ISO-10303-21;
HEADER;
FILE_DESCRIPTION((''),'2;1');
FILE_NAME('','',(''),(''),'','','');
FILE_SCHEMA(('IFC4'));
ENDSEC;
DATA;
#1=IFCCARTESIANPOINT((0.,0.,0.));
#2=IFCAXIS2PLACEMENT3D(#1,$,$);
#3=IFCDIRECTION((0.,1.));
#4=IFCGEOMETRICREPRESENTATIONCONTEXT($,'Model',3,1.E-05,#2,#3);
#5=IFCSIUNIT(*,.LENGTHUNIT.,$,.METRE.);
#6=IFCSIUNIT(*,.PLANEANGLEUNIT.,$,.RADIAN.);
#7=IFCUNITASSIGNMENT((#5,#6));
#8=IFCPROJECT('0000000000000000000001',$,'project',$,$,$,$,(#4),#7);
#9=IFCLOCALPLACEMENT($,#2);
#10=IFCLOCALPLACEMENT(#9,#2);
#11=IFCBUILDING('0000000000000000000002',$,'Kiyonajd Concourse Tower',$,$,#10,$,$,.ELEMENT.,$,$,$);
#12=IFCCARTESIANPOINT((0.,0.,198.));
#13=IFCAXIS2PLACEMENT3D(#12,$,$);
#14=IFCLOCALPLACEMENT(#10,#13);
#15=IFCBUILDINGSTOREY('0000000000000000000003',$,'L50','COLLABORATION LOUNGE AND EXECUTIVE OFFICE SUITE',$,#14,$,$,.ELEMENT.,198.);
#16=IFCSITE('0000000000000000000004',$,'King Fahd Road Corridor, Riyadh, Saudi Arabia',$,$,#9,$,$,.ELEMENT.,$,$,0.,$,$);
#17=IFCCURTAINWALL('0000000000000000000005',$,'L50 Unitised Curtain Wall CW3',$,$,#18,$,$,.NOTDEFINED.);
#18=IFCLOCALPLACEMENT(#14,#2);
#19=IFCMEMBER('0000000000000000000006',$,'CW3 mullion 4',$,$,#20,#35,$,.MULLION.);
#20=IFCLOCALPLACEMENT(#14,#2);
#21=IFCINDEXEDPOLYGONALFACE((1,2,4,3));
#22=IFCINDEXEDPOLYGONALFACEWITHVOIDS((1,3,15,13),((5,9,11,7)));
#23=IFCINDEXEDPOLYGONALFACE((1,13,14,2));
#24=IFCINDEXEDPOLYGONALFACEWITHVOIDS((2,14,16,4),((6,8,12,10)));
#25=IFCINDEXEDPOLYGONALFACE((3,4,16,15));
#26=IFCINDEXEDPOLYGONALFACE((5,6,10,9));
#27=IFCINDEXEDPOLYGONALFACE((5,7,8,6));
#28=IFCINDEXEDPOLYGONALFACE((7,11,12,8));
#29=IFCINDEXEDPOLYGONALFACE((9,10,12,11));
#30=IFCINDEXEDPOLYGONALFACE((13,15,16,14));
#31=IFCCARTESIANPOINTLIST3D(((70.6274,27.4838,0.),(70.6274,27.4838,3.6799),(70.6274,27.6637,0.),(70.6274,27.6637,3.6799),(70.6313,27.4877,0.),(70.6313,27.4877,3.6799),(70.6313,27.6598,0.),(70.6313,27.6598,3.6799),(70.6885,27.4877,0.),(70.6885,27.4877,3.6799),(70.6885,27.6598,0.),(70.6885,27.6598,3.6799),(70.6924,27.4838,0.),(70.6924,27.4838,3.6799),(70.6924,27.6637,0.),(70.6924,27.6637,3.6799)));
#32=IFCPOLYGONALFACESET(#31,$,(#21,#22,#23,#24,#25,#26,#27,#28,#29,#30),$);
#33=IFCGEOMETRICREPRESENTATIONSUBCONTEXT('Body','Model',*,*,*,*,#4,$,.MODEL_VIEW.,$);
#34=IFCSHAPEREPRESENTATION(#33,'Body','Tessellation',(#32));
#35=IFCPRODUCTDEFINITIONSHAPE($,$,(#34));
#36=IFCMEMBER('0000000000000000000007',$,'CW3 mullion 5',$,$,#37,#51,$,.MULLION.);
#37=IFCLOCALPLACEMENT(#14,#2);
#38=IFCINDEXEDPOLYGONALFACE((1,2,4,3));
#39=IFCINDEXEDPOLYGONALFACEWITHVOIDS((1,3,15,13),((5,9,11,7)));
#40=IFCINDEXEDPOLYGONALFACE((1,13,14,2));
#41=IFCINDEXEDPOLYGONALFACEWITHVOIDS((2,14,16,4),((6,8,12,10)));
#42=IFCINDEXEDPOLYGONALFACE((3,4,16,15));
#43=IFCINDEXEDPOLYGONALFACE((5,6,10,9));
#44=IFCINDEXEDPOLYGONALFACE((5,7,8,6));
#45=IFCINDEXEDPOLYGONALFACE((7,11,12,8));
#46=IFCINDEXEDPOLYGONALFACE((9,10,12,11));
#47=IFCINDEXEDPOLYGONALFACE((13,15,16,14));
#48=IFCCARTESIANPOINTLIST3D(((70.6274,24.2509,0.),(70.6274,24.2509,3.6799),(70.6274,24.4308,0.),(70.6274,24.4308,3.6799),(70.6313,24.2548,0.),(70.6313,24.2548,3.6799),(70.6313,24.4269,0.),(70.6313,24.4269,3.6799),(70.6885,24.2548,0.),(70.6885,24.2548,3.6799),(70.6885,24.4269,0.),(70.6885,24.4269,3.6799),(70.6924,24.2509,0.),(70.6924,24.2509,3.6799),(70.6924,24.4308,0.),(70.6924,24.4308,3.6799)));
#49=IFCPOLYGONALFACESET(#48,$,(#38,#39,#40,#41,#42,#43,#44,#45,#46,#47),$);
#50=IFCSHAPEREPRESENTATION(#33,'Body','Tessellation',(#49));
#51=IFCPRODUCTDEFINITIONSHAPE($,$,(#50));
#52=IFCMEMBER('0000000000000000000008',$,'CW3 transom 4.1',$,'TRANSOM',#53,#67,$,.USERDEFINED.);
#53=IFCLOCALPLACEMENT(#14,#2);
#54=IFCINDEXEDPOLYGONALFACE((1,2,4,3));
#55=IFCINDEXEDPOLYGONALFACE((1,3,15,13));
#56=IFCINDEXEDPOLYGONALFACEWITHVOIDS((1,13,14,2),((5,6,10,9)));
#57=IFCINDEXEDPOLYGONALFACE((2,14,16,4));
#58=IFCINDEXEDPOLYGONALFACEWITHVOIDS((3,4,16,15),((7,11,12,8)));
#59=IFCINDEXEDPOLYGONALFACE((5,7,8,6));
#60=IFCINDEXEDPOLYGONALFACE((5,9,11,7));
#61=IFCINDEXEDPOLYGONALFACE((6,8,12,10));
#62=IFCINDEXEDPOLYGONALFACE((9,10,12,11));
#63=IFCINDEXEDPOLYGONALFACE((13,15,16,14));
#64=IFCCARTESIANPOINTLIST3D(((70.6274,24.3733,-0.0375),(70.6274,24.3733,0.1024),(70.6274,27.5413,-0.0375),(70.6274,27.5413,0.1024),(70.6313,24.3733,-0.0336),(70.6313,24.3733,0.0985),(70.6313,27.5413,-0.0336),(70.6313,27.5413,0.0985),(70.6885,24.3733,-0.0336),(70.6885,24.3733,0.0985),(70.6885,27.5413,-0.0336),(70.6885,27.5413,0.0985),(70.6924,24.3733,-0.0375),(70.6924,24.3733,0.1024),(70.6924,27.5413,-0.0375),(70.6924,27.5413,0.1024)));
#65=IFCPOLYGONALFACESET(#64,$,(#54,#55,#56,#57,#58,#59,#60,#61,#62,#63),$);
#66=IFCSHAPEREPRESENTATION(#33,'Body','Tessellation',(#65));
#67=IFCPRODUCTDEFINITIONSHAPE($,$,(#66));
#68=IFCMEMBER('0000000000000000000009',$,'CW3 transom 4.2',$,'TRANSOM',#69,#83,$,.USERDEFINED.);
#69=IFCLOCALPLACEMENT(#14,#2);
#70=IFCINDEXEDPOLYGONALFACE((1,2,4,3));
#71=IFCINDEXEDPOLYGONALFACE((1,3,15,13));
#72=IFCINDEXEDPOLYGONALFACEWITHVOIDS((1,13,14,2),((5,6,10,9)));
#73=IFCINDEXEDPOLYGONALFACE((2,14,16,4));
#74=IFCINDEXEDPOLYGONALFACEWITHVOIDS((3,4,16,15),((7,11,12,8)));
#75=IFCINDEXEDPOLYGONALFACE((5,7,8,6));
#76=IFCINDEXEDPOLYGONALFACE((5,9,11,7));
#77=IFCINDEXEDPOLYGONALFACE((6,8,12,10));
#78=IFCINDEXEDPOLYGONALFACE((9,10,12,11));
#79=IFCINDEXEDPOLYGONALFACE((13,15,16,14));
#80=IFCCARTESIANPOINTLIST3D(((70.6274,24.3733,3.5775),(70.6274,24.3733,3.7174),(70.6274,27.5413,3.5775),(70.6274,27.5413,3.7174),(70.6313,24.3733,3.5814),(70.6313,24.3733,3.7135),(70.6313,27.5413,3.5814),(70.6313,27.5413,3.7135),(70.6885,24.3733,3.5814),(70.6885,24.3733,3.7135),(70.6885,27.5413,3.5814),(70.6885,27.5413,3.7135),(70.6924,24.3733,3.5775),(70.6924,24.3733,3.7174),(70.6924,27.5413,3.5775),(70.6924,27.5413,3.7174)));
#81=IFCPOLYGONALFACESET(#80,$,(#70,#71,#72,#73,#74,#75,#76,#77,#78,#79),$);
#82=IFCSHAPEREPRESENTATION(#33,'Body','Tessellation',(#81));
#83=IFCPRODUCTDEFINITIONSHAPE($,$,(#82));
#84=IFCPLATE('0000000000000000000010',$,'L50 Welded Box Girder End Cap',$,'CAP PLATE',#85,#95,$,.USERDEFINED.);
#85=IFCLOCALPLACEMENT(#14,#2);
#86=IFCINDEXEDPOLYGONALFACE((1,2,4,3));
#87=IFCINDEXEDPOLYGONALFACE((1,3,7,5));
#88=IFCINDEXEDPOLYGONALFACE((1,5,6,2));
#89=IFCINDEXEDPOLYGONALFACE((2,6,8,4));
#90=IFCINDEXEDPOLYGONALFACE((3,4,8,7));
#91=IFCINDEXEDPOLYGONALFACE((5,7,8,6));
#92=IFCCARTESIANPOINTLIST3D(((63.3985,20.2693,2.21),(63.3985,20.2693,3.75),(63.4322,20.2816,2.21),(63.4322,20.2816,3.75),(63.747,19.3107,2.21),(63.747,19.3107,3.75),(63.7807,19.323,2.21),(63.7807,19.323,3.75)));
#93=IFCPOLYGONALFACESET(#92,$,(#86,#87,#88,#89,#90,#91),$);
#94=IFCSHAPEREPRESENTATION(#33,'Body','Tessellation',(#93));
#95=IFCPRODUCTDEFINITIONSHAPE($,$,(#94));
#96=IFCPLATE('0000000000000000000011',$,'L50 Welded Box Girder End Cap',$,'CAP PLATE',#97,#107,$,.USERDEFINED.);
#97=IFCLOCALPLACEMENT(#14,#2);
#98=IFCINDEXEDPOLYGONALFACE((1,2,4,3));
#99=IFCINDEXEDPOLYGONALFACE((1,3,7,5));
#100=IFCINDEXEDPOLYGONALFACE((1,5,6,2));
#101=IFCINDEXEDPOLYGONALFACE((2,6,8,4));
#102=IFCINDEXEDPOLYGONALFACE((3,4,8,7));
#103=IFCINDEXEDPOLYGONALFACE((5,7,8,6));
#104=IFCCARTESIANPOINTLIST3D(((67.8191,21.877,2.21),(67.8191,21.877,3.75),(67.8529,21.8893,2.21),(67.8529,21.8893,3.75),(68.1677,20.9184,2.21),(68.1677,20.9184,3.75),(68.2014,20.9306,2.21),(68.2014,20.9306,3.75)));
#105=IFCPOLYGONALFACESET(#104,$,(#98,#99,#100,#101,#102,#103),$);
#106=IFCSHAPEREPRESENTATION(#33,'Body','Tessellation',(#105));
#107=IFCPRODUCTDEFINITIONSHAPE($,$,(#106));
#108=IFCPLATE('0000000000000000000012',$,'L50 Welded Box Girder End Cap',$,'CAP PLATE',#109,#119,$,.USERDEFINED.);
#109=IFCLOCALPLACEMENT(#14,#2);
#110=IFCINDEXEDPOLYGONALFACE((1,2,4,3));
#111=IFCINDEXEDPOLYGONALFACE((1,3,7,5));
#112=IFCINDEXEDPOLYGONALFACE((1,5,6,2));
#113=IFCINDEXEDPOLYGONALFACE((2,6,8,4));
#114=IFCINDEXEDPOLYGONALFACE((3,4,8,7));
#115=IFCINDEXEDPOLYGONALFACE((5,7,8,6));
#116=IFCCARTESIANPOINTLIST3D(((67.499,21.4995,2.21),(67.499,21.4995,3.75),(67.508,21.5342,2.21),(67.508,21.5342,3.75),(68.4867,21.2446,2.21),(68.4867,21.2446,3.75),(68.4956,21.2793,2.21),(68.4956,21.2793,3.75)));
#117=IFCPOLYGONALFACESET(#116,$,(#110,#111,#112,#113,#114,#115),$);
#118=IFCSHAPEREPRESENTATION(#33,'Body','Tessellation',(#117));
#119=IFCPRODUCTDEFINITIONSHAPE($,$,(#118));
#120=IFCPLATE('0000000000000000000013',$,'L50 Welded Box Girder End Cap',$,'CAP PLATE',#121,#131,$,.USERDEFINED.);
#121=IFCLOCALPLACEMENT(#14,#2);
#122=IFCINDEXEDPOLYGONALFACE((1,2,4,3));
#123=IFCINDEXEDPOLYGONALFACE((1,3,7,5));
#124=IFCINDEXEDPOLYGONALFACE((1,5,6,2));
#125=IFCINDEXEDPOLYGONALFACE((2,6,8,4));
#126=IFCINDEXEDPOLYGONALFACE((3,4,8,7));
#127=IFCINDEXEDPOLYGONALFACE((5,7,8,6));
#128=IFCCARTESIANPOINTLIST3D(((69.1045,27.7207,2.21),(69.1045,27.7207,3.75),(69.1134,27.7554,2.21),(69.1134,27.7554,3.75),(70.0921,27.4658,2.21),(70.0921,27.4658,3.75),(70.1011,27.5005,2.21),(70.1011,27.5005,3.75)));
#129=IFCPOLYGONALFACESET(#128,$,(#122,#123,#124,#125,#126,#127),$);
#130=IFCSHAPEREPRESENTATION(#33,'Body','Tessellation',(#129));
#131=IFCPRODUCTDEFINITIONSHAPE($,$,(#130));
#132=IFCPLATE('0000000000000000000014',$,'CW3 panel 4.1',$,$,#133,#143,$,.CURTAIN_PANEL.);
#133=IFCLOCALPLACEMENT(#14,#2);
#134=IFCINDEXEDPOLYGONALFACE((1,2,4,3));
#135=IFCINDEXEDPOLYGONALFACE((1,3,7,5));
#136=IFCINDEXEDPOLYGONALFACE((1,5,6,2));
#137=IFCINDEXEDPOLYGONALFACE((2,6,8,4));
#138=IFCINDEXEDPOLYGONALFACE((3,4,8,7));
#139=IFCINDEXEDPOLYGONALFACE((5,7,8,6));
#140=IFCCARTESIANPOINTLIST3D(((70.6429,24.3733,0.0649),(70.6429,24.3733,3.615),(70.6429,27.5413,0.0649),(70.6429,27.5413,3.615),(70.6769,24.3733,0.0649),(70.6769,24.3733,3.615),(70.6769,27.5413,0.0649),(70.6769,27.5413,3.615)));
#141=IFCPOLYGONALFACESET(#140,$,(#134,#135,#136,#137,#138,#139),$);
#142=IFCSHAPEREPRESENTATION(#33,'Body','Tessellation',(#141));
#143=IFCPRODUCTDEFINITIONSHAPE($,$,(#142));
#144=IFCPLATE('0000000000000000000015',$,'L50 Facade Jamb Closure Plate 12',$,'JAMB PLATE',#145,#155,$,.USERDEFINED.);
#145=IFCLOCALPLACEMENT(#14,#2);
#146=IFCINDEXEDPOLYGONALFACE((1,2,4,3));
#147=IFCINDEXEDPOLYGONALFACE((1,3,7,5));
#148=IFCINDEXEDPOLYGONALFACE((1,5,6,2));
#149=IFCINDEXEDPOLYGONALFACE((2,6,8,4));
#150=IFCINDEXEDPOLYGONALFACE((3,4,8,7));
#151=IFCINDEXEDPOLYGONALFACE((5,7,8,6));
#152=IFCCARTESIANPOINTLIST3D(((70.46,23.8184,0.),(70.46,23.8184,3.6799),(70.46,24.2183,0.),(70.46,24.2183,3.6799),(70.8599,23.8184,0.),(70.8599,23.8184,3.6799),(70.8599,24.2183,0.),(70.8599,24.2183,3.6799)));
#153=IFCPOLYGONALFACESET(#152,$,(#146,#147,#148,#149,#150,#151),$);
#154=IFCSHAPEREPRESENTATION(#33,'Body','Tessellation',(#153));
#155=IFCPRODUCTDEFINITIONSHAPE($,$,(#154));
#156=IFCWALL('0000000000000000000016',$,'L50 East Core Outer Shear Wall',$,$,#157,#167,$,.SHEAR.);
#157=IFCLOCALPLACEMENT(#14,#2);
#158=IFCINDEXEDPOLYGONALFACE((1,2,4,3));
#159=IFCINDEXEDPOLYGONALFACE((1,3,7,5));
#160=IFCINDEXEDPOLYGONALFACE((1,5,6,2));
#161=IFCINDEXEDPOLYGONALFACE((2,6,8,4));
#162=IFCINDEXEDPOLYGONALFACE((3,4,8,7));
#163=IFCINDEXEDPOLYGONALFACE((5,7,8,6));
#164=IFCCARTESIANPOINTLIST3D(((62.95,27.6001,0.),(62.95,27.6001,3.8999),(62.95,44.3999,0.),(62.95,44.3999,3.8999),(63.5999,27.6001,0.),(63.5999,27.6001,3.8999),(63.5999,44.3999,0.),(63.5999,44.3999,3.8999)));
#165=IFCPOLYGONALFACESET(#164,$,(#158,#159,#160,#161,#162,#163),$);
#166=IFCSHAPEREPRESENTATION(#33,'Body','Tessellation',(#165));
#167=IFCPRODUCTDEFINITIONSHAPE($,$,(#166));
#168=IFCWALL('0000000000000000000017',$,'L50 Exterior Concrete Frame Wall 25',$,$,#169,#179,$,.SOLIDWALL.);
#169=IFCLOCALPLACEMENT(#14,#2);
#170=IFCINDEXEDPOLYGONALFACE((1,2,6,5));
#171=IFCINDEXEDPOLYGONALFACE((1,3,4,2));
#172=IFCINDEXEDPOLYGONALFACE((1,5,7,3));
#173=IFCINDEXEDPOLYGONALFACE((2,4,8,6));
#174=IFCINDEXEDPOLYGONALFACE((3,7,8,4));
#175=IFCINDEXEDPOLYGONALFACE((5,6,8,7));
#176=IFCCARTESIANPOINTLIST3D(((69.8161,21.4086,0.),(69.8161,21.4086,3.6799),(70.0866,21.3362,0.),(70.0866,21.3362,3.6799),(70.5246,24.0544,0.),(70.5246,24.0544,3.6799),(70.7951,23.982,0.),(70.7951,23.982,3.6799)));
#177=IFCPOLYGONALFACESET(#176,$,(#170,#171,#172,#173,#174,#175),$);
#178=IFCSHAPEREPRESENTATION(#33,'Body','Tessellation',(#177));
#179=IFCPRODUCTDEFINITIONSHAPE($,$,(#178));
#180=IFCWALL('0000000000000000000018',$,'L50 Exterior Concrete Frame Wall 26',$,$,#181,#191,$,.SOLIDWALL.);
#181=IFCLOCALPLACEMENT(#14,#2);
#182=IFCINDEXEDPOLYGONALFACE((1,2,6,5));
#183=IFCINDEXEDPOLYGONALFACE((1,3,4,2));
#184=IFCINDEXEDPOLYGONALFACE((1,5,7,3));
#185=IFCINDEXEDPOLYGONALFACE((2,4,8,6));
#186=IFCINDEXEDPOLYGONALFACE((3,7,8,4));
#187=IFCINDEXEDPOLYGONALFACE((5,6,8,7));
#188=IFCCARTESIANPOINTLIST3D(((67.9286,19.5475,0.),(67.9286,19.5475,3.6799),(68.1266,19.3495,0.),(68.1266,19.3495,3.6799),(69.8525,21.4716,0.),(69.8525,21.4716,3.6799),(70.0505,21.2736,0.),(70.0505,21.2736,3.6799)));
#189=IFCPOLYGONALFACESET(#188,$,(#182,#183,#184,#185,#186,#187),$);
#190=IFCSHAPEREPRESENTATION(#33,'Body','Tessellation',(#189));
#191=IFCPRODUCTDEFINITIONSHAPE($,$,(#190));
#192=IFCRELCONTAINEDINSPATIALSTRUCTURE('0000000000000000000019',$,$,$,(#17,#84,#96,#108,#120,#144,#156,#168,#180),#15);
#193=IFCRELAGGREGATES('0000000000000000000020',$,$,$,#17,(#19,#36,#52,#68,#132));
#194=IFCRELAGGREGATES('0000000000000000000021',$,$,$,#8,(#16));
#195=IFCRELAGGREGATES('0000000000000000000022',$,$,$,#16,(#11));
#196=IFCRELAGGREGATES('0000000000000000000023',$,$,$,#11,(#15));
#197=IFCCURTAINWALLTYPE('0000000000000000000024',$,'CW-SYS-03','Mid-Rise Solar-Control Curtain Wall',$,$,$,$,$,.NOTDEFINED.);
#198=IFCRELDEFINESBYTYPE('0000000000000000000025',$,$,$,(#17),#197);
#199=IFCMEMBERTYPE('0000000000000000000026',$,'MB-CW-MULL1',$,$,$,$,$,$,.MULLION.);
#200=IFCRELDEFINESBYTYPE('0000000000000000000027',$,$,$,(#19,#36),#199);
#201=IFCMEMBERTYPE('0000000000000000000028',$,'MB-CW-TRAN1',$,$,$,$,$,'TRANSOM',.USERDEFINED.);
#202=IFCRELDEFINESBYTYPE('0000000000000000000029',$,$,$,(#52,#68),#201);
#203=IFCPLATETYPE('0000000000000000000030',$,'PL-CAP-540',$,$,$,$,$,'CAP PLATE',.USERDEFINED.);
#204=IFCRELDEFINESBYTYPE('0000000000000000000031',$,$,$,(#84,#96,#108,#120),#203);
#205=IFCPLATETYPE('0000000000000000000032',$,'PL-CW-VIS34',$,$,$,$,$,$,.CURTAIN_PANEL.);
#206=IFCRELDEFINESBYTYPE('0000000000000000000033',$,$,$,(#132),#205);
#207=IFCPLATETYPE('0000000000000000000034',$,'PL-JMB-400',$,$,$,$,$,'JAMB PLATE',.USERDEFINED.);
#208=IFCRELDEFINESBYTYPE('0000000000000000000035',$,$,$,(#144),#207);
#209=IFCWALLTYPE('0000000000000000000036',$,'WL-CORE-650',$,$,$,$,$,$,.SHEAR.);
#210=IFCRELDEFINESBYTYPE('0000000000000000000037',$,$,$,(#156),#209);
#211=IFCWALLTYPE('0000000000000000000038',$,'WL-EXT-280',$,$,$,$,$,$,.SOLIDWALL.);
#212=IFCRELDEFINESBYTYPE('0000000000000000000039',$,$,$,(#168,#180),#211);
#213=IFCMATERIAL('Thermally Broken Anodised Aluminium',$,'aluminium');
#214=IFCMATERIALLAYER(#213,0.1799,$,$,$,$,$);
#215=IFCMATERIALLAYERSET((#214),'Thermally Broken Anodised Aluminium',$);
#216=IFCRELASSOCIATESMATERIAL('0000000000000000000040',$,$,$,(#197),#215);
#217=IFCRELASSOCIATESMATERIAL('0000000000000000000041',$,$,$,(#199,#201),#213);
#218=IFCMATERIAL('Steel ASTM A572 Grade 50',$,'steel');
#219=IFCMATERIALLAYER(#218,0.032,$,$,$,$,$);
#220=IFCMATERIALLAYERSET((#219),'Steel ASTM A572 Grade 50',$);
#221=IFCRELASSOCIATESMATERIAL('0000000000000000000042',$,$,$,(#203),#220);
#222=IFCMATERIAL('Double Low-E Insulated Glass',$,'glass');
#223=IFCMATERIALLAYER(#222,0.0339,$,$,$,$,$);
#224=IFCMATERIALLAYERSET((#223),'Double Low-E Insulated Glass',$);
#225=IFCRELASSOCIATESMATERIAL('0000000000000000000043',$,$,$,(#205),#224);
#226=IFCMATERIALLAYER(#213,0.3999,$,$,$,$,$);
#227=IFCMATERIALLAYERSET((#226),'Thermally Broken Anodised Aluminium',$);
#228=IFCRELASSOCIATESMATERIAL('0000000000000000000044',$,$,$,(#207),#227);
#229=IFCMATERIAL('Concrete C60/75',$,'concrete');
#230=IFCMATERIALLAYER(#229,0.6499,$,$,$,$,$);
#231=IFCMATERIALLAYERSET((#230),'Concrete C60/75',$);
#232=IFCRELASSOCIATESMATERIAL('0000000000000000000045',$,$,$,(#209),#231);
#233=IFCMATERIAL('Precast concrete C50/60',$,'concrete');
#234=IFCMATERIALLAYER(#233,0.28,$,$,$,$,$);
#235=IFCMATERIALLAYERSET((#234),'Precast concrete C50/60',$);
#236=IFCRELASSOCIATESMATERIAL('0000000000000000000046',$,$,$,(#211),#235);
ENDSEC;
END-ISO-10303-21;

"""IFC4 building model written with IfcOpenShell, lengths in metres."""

from ifc_helpers import new_model, si_unit, direction, frame, frame_2d, origin, origin_2d, place, context, subcontext, project, spatial, rectangle, hollow_rectangle, extrude, material, layer, layer_set, material_profile, profile_set, type_object, element, aggregate, save


model = new_model("IFC4")

# Units and contexts
model_context = context("Model", 3, precision=1e-05, world=origin(), true_north=direction((0.0, 1.0)))
body_context = subcontext(model_context, "Body", "Model", "MODEL_VIEW")
ifc_project = project(units=[si_unit("LENGTHUNIT", "METRE"), si_unit("PLANEANGLEUNIT", "RADIAN")], contexts=[model_context])

# Site, building, storey
site_placement = place(None, origin())
site = spatial("IfcSite", under=ifc_project, at=site_placement, Name="King Fahd Road Corridor, Riyadh, Saudi Arabia", CompositionType="ELEMENT", RefElevation=0.0)
building_placement = place(site_placement, origin())
building = spatial("IfcBuilding", under=site, at=building_placement, Name="Kiyonajd Concourse Tower", CompositionType="ELEMENT")
storey_placement = place(building_placement, frame((0.0, 0.0, 198.0)))
storey = spatial("IfcBuildingStorey", under=building, at=storey_placement, Name="L50", Description="COLLABORATION LOUNGE AND EXECUTIVE OFFICE SUITE", CompositionType="ELEMENT", Elevation=198.0)

# Shared definitions
ifc_material_1 = material(Name="Concrete C60/75", Category="concrete")

# Shared definitions
ifc_material_2 = material(Name="Steel ASTM A572 Grade 50", Category="steel")

# Curtain wall, members
ifc_material_3 = material(Name="Thermally Broken Anodised Aluminium", Category="aluminium")
ifc_layer_1 = layer(ifc_material_3, 0.1799)
ifc_layer_set_1 = layer_set([ifc_layer_1], Name="Thermally Broken Anodised Aluminium")
curtain_wall_type = type_object("IfcCurtainWallType", Name="CW-SYS-03", Description="Mid-Rise Solar-Control Curtain Wall", PredefinedType="NOTDEFINED", material=ifc_layer_set_1)
curtain_wall_placement = place(storey_placement, origin())
curtain_wall = element("IfcCurtainWall", 1, at=curtain_wall_placement, inside=storey, type_object=curtain_wall_type, Name="L50 Unitised Curtain Wall CW3", PredefinedType="NOTDEFINED")
ifc_material_profile_1 = material_profile(ifc_material_3, hollow_rectangle(XDim=0.0649, YDim=0.1799, WallThickness=0.0039, at=origin_2d()), Name="MULL-65x180")
ifc_profile_set_1 = profile_set([ifc_material_profile_1], Name="Thermally Broken Anodised Aluminium")
member_type_1 = type_object("IfcMemberType", Name="MB-CW-MULL1", PredefinedType="MULLION", material=ifc_profile_set_1)
member_1_placement = place(storey_placement, frame((70.6599, 27.5737, 0.0), z_axis=(0.0, 0.0, 1.0), x_axis=(1.0, 0.0, 0.0)))
member_1 = element("IfcMember", 2, at=member_1_placement, type_object=member_type_1, Name="CW3 mullion 4", PredefinedType="MULLION", context=body_context, shape_type="SweptSolid", body=[
    extrude(hollow_rectangle(XDim=0.0649, YDim=0.1799, WallThickness=0.0039, at=origin_2d()), origin(), (0.0, 0.0, 1.0), 3.6799),
])
member_2_placement = place(storey_placement, frame((70.6599, 24.3408, 0.0), z_axis=(0.0, 0.0, 1.0), x_axis=(1.0, 0.0, 0.0)))
member_2 = element("IfcMember", 3, at=member_2_placement, type_object=member_type_1, Name="CW3 mullion 5", PredefinedType="MULLION", context=body_context, shape_type="SweptSolid", body=[
    extrude(hollow_rectangle(XDim=0.0649, YDim=0.1799, WallThickness=0.0039, at=origin_2d()), origin(), (0.0, 0.0, 1.0), 3.6799),
])
ifc_material_profile_2 = material_profile(ifc_material_3, hollow_rectangle(XDim=0.0649, YDim=0.1399, WallThickness=0.0039, at=origin_2d()), Name="TRAN-65x140")
ifc_profile_set_2 = profile_set([ifc_material_profile_2], Name="Thermally Broken Anodised Aluminium")
member_type_2 = type_object("IfcMemberType", Name="MB-CW-TRAN1", ElementType="TRANSOM", PredefinedType="USERDEFINED", material=ifc_profile_set_2)
member_3_placement = place(storey_placement, frame((70.6599, 27.5413, 0.0325), z_axis=(0.0, -1.0, 0.0), x_axis=(1.0, 0.0, 0.0)))
member_3 = element("IfcMember", 4, at=member_3_placement, type_object=member_type_2, Name="CW3 transom 4.1", ObjectType="TRANSOM", PredefinedType="USERDEFINED", context=body_context, shape_type="SweptSolid", body=[
    extrude(hollow_rectangle(XDim=0.0649, YDim=0.1399, WallThickness=0.0039, at=origin_2d()), origin(), (0.0, 0.0, 1.0), 3.168),
])
member_4_placement = place(storey_placement, frame((70.6599, 27.5413, 3.6475), z_axis=(0.0, -1.0, 0.0), x_axis=(1.0, 0.0, 0.0)))
member_4 = element("IfcMember", 5, at=member_4_placement, type_object=member_type_2, Name="CW3 transom 4.2", ObjectType="TRANSOM", PredefinedType="USERDEFINED", context=body_context, shape_type="SweptSolid", body=[
    extrude(hollow_rectangle(XDim=0.0649, YDim=0.1399, WallThickness=0.0039, at=origin_2d()), origin(), (0.0, 0.0, 1.0), 3.168),
])

# Plates
ifc_layer_2 = layer(ifc_material_2, 0.032)
ifc_layer_set_2 = layer_set([ifc_layer_2], Name="Steel ASTM A572 Grade 50")
plate_type_1 = type_object("IfcPlateType", Name="PL-CAP-540", ElementType="CAP PLATE", PredefinedType="USERDEFINED", material=ifc_layer_set_2)
for number, where, z_axis, x_axis, name in (
    (6, (63.5896, 19.7961, 2.21), (0.0, 0.0, 1.0), (-0.939812, -0.341692, 0.0), "L50 Welded Box Girder End Cap"),
    (7, (68.0103, 21.4038, 2.21), (0.0, 0.0, 1.0), (0.939812, 0.341692, 0.0), "L50 Welded Box Girder End Cap"),
    (8, (67.9973, 21.3894, 2.21), (0.0, 0.0, 1.0), (-0.249873, -0.968279, 0.0), "L50 Welded Box Girder End Cap"),
    (9, (69.6028, 27.6106, 2.21), (0.0, 0.0, 1.0), (0.249873, 0.968279, 0.0), "L50 Welded Box Girder End Cap"),
):
    element("IfcPlate", number, at=place(storey_placement, frame(where, z_axis=z_axis, x_axis=x_axis)), inside=storey, type_object=plate_type_1, Name=name, ObjectType="CAP PLATE", PredefinedType="USERDEFINED", context=body_context, shape_type="SweptSolid", body=[
        extrude(rectangle(XDim=0.0359, YDim=1.02, at=origin_2d()), origin(), (0.0, 0.0, 1.0), 1.54),
    ])

# Plates
ifc_material_4 = material(Name="Double Low-E Insulated Glass", Category="glass")
ifc_layer_3 = layer(ifc_material_4, 0.0339)
ifc_layer_set_3 = layer_set([ifc_layer_3], Name="Double Low-E Insulated Glass")
plate_type_2 = type_object("IfcPlateType", Name="PL-CW-VIS34", PredefinedType="CURTAIN_PANEL", material=ifc_layer_set_3)
plate_1_placement = place(storey_placement, frame((70.6599, 25.9573, 0.0649), z_axis=(0.0, 0.0, 1.0), x_axis=(0.0, -1.0, 0.0)))
plate_1 = element("IfcPlate", 10, at=plate_1_placement, type_object=plate_type_2, Name="CW3 panel 4.1", PredefinedType="CURTAIN_PANEL", context=body_context, shape_type="SweptSolid", body=[
    extrude(rectangle(XDim=3.168, YDim=0.0339, at=origin_2d()), origin(), (0.0, 0.0, 1.0), 3.55),
])
aggregate(curtain_wall, [member_1, member_2, member_3, member_4, plate_1])
ifc_layer_4 = layer(ifc_material_3, 0.3999)
ifc_layer_set_4 = layer_set([ifc_layer_4], Name="Thermally Broken Anodised Aluminium")
plate_type_3 = type_object("IfcPlateType", Name="PL-JMB-400", ElementType="JAMB PLATE", PredefinedType="USERDEFINED", material=ifc_layer_set_4)
plate_2_placement = place(storey_placement, frame((70.6599, 24.0183, 0.0), z_axis=(0.0, 0.0, 1.0), x_axis=(1.0, 0.0, 0.0)))
element("IfcPlate", 11, at=plate_2_placement, inside=storey, type_object=plate_type_3, Name="L50 Facade Jamb Closure Plate 12", ObjectType="JAMB PLATE", PredefinedType="USERDEFINED", context=body_context, shape_type="SweptSolid", body=[
    extrude(rectangle(XDim=0.3999, YDim=0.3999, at=origin_2d()), origin(), (0.0, 0.0, 1.0), 3.6799),
])

# Walls
ifc_layer_5 = layer(ifc_material_1, 0.6499)
ifc_layer_set_5 = layer_set([ifc_layer_5], Name="Concrete C60/75")
wall_type_1 = type_object("IfcWallType", Name="WL-CORE-650", PredefinedType="SHEAR", material=ifc_layer_set_5)
wall_1_placement = place(storey_placement, frame((63.2749, 27.6001, 0.0), z_axis=(0.0, 0.0, 1.0), x_axis=(0.0, 1.0, 0.0)))
element("IfcWall", 12, at=wall_1_placement, inside=storey, type_object=wall_type_1, Name="L50 East Core Outer Shear Wall", PredefinedType="SHEAR", context=body_context, shape_type="SweptSolid", body=[
    extrude(rectangle(XDim=16.7998, YDim=0.6499, at=frame_2d((8.3999, 0.0))), origin(), (0.0, 0.0, 1.0), 3.8999),
])
ifc_material_5 = material(Name="Precast concrete C50/60", Category="concrete")
ifc_layer_6 = layer(ifc_material_5, 0.28)
ifc_layer_set_6 = layer_set([ifc_layer_6], Name="Precast concrete C50/60")
wall_type_2 = type_object("IfcWallType", Name="WL-EXT-280", PredefinedType="SOLIDWALL", material=ifc_layer_set_6)
wall_2_placement = place(storey_placement, frame((70.6599, 24.0183, 0.0), z_axis=(0.0, 0.0, 1.0), x_axis=(-0.258672, -0.965965, 0.0)))
element("IfcWall", 13, at=wall_2_placement, inside=storey, type_object=wall_type_2, Name="L50 Exterior Concrete Frame Wall 25", PredefinedType="SOLIDWALL", context=body_context, shape_type="SweptSolid", body=[
    extrude(rectangle(XDim=2.739, YDim=0.28, at=frame_2d((1.3696, 0.0))), origin(), (0.0, 0.0, 1.0), 3.6799),
])
wall_3_placement = place(storey_placement, frame((69.9514, 21.3726, 0.0), z_axis=(0.0, 0.0, 1.0), x_axis=(-0.707062, -0.707152, 0.0)))
element("IfcWall", 14, at=wall_3_placement, inside=storey, type_object=wall_type_2, Name="L50 Exterior Concrete Frame Wall 26", PredefinedType="SOLIDWALL", context=body_context, shape_type="SweptSolid", body=[
    extrude(rectangle(XDim=2.7209, YDim=0.28, at=frame_2d((1.3604, 0.0))), origin(), (0.0, 0.0, 1.0), 3.6799),
])

save(model, "model.ifc")
